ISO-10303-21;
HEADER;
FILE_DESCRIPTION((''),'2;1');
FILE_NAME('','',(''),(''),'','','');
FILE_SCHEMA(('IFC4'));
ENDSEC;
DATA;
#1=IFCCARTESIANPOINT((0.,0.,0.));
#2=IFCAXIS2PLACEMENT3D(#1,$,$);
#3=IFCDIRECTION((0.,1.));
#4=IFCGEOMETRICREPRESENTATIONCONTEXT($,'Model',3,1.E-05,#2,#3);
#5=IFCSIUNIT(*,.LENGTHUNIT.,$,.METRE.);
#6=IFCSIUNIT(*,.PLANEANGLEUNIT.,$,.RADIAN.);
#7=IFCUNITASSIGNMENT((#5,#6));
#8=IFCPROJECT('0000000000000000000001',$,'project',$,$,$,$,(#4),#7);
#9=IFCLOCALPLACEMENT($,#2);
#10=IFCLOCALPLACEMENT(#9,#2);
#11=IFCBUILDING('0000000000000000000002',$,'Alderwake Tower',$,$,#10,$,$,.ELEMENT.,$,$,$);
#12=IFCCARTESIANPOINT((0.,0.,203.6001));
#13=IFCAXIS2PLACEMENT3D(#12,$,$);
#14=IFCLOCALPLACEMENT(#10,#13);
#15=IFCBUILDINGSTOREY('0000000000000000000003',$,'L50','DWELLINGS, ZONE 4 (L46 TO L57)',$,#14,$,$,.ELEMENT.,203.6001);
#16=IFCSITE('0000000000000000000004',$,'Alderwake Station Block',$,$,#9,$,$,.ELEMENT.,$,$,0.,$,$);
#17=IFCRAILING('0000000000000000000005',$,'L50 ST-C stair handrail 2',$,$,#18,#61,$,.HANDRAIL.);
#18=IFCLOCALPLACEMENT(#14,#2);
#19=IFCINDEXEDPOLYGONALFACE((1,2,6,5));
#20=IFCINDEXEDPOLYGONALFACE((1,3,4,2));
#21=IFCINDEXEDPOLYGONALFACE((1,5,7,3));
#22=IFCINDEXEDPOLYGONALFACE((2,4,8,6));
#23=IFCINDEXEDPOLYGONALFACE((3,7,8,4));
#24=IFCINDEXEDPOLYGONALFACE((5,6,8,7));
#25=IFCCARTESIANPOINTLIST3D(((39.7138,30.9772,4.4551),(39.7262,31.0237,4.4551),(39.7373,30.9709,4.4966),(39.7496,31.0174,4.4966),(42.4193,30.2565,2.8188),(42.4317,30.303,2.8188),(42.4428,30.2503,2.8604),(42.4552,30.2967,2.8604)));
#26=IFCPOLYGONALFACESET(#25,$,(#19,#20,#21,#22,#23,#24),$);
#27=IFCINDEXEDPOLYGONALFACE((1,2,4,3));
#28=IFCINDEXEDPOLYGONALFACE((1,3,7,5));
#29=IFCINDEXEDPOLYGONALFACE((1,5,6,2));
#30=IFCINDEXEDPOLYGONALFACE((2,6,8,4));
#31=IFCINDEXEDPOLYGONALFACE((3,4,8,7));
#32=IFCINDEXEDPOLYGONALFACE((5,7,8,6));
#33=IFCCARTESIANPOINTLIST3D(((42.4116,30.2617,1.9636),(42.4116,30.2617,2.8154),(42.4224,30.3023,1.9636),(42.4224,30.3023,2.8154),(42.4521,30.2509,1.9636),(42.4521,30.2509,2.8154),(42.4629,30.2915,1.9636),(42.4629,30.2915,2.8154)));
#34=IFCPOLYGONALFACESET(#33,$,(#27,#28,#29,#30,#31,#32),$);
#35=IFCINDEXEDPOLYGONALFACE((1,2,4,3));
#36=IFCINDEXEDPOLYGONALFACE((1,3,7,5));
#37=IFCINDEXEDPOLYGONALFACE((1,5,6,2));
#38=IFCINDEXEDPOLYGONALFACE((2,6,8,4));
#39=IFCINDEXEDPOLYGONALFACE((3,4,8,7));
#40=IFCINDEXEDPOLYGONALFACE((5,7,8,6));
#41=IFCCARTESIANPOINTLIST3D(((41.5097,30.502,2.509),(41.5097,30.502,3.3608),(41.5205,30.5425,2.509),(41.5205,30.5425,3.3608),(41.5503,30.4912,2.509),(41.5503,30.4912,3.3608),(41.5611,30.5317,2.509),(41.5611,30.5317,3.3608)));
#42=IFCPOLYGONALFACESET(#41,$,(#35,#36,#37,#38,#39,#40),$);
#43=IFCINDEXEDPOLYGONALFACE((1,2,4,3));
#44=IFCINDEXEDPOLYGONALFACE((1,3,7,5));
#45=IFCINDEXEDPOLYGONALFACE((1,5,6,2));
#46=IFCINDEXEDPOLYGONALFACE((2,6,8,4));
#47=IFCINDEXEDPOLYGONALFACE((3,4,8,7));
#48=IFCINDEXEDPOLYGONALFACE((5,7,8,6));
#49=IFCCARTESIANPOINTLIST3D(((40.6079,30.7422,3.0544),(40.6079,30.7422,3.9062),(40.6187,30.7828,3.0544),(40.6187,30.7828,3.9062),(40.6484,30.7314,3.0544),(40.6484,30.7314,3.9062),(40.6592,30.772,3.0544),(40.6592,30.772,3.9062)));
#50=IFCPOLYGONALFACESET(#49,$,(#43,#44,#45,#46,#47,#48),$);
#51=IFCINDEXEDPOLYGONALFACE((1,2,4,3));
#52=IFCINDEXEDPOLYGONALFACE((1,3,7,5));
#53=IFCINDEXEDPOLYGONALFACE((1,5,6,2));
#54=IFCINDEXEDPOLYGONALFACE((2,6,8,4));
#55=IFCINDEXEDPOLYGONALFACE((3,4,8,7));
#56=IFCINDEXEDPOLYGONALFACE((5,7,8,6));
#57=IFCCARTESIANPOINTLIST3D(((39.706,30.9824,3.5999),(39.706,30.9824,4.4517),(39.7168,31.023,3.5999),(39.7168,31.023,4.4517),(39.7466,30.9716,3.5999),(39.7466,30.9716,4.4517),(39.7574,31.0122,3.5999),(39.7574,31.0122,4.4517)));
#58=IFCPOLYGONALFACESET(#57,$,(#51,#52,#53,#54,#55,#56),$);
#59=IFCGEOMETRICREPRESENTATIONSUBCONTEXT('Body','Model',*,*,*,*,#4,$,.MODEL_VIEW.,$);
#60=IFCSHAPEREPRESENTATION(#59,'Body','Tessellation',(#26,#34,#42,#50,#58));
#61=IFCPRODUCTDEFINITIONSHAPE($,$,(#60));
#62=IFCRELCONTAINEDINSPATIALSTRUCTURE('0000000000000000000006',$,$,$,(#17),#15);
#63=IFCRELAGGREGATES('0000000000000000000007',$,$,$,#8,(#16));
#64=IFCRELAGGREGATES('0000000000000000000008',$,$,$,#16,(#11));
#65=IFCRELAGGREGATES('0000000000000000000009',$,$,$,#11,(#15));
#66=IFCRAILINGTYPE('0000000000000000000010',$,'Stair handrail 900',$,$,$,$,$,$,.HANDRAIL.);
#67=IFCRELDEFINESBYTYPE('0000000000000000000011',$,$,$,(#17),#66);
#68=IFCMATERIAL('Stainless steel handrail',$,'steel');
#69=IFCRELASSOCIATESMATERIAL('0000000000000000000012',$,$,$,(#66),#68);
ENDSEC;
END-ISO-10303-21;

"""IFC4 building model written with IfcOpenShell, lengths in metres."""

from ifc_helpers import new_model, si_unit, direction, frame, origin, origin_2d, place, context, subcontext, project, spatial, rectangle, extrude, material, type_object, element, save


model = new_model("IFC4")

# Units and contexts
model_context = context("Model", 3, precision=1e-05, world=origin(), true_north=direction((0.0, 1.0)))
body_context = subcontext(model_context, "Body", "Model", "MODEL_VIEW")
ifc_project = project(units=[si_unit("LENGTHUNIT", "METRE"), si_unit("PLANEANGLEUNIT", "RADIAN")], contexts=[model_context])

# Site, building, storey
site_placement = place(None, origin())
site = spatial("IfcSite", under=ifc_project, at=site_placement, Name="Alderwake Station Block", CompositionType="ELEMENT", RefElevation=0.0)
building_placement = place(site_placement, origin())
building = spatial("IfcBuilding", under=site, at=building_placement, Name="Alderwake Tower", CompositionType="ELEMENT")
storey_placement = place(building_placement, frame((0.0, 0.0, 203.6001)))
storey = spatial("IfcBuildingStorey", under=building, at=storey_placement, Name="L50", Description="DWELLINGS, ZONE 4 (L46 TO L57)", CompositionType="ELEMENT", Elevation=203.6001)

# Railing
ifc_material_1 = material(Name="Stainless steel handrail", Category="steel")
railing_type_1 = type_object("IfcRailingType", Name="Stair handrail 900", PredefinedType="HANDRAIL", material=ifc_material_1)
railing_1_placement = place(storey_placement, frame((42.4373, 30.2766, 1.9636)))
element("IfcRailing", 1, at=railing_1_placement, inside=storey, type_object=railing_type_1, Name="L50 ST-C stair handrail 2", PredefinedType="HANDRAIL", context=body_context, shape_type="SweptSolid", body=[
    extrude(rectangle(XDim=0.0481, YDim=0.0481, at=origin_2d()), frame((0.0, 0.0, 0.876), z_axis=(-0.834291, 0.222237, 0.504549), x_axis=(-0.257402, -0.966304, 0.0)), (0.0, 0.0, 1.0), 3.2429),
    extrude(rectangle(XDim=0.042, YDim=0.042, at=origin_2d()), frame((0.0, 0.0, 0.0), z_axis=(0.0, 0.0, 1.0), x_axis=(-0.966304, 0.257402, 0.0)), (0.0, 0.0, 1.0), 0.8518),
    extrude(rectangle(XDim=0.042, YDim=0.042, at=origin_2d()), frame((-0.9019, 0.2402, 0.5454), z_axis=(0.0, 0.0, 1.0), x_axis=(-0.966304, 0.257402, 0.0)), (0.0, 0.0, 1.0), 0.8518),
    extrude(rectangle(XDim=0.042, YDim=0.042, at=origin_2d()), frame((-1.8037, 0.4805, 1.0908), z_axis=(0.0, 0.0, 1.0), x_axis=(-0.966304, 0.257402, 0.0)), (0.0, 0.0, 1.0), 0.8518),
    extrude(rectangle(XDim=0.042, YDim=0.042, at=origin_2d()), frame((-2.7056, 0.7207, 1.6362), z_axis=(0.0, 0.0, 1.0), x_axis=(-0.966304, 0.257402, 0.0)), (0.0, 0.0, 1.0), 0.8518),
])

save(model, "model.ifc")
